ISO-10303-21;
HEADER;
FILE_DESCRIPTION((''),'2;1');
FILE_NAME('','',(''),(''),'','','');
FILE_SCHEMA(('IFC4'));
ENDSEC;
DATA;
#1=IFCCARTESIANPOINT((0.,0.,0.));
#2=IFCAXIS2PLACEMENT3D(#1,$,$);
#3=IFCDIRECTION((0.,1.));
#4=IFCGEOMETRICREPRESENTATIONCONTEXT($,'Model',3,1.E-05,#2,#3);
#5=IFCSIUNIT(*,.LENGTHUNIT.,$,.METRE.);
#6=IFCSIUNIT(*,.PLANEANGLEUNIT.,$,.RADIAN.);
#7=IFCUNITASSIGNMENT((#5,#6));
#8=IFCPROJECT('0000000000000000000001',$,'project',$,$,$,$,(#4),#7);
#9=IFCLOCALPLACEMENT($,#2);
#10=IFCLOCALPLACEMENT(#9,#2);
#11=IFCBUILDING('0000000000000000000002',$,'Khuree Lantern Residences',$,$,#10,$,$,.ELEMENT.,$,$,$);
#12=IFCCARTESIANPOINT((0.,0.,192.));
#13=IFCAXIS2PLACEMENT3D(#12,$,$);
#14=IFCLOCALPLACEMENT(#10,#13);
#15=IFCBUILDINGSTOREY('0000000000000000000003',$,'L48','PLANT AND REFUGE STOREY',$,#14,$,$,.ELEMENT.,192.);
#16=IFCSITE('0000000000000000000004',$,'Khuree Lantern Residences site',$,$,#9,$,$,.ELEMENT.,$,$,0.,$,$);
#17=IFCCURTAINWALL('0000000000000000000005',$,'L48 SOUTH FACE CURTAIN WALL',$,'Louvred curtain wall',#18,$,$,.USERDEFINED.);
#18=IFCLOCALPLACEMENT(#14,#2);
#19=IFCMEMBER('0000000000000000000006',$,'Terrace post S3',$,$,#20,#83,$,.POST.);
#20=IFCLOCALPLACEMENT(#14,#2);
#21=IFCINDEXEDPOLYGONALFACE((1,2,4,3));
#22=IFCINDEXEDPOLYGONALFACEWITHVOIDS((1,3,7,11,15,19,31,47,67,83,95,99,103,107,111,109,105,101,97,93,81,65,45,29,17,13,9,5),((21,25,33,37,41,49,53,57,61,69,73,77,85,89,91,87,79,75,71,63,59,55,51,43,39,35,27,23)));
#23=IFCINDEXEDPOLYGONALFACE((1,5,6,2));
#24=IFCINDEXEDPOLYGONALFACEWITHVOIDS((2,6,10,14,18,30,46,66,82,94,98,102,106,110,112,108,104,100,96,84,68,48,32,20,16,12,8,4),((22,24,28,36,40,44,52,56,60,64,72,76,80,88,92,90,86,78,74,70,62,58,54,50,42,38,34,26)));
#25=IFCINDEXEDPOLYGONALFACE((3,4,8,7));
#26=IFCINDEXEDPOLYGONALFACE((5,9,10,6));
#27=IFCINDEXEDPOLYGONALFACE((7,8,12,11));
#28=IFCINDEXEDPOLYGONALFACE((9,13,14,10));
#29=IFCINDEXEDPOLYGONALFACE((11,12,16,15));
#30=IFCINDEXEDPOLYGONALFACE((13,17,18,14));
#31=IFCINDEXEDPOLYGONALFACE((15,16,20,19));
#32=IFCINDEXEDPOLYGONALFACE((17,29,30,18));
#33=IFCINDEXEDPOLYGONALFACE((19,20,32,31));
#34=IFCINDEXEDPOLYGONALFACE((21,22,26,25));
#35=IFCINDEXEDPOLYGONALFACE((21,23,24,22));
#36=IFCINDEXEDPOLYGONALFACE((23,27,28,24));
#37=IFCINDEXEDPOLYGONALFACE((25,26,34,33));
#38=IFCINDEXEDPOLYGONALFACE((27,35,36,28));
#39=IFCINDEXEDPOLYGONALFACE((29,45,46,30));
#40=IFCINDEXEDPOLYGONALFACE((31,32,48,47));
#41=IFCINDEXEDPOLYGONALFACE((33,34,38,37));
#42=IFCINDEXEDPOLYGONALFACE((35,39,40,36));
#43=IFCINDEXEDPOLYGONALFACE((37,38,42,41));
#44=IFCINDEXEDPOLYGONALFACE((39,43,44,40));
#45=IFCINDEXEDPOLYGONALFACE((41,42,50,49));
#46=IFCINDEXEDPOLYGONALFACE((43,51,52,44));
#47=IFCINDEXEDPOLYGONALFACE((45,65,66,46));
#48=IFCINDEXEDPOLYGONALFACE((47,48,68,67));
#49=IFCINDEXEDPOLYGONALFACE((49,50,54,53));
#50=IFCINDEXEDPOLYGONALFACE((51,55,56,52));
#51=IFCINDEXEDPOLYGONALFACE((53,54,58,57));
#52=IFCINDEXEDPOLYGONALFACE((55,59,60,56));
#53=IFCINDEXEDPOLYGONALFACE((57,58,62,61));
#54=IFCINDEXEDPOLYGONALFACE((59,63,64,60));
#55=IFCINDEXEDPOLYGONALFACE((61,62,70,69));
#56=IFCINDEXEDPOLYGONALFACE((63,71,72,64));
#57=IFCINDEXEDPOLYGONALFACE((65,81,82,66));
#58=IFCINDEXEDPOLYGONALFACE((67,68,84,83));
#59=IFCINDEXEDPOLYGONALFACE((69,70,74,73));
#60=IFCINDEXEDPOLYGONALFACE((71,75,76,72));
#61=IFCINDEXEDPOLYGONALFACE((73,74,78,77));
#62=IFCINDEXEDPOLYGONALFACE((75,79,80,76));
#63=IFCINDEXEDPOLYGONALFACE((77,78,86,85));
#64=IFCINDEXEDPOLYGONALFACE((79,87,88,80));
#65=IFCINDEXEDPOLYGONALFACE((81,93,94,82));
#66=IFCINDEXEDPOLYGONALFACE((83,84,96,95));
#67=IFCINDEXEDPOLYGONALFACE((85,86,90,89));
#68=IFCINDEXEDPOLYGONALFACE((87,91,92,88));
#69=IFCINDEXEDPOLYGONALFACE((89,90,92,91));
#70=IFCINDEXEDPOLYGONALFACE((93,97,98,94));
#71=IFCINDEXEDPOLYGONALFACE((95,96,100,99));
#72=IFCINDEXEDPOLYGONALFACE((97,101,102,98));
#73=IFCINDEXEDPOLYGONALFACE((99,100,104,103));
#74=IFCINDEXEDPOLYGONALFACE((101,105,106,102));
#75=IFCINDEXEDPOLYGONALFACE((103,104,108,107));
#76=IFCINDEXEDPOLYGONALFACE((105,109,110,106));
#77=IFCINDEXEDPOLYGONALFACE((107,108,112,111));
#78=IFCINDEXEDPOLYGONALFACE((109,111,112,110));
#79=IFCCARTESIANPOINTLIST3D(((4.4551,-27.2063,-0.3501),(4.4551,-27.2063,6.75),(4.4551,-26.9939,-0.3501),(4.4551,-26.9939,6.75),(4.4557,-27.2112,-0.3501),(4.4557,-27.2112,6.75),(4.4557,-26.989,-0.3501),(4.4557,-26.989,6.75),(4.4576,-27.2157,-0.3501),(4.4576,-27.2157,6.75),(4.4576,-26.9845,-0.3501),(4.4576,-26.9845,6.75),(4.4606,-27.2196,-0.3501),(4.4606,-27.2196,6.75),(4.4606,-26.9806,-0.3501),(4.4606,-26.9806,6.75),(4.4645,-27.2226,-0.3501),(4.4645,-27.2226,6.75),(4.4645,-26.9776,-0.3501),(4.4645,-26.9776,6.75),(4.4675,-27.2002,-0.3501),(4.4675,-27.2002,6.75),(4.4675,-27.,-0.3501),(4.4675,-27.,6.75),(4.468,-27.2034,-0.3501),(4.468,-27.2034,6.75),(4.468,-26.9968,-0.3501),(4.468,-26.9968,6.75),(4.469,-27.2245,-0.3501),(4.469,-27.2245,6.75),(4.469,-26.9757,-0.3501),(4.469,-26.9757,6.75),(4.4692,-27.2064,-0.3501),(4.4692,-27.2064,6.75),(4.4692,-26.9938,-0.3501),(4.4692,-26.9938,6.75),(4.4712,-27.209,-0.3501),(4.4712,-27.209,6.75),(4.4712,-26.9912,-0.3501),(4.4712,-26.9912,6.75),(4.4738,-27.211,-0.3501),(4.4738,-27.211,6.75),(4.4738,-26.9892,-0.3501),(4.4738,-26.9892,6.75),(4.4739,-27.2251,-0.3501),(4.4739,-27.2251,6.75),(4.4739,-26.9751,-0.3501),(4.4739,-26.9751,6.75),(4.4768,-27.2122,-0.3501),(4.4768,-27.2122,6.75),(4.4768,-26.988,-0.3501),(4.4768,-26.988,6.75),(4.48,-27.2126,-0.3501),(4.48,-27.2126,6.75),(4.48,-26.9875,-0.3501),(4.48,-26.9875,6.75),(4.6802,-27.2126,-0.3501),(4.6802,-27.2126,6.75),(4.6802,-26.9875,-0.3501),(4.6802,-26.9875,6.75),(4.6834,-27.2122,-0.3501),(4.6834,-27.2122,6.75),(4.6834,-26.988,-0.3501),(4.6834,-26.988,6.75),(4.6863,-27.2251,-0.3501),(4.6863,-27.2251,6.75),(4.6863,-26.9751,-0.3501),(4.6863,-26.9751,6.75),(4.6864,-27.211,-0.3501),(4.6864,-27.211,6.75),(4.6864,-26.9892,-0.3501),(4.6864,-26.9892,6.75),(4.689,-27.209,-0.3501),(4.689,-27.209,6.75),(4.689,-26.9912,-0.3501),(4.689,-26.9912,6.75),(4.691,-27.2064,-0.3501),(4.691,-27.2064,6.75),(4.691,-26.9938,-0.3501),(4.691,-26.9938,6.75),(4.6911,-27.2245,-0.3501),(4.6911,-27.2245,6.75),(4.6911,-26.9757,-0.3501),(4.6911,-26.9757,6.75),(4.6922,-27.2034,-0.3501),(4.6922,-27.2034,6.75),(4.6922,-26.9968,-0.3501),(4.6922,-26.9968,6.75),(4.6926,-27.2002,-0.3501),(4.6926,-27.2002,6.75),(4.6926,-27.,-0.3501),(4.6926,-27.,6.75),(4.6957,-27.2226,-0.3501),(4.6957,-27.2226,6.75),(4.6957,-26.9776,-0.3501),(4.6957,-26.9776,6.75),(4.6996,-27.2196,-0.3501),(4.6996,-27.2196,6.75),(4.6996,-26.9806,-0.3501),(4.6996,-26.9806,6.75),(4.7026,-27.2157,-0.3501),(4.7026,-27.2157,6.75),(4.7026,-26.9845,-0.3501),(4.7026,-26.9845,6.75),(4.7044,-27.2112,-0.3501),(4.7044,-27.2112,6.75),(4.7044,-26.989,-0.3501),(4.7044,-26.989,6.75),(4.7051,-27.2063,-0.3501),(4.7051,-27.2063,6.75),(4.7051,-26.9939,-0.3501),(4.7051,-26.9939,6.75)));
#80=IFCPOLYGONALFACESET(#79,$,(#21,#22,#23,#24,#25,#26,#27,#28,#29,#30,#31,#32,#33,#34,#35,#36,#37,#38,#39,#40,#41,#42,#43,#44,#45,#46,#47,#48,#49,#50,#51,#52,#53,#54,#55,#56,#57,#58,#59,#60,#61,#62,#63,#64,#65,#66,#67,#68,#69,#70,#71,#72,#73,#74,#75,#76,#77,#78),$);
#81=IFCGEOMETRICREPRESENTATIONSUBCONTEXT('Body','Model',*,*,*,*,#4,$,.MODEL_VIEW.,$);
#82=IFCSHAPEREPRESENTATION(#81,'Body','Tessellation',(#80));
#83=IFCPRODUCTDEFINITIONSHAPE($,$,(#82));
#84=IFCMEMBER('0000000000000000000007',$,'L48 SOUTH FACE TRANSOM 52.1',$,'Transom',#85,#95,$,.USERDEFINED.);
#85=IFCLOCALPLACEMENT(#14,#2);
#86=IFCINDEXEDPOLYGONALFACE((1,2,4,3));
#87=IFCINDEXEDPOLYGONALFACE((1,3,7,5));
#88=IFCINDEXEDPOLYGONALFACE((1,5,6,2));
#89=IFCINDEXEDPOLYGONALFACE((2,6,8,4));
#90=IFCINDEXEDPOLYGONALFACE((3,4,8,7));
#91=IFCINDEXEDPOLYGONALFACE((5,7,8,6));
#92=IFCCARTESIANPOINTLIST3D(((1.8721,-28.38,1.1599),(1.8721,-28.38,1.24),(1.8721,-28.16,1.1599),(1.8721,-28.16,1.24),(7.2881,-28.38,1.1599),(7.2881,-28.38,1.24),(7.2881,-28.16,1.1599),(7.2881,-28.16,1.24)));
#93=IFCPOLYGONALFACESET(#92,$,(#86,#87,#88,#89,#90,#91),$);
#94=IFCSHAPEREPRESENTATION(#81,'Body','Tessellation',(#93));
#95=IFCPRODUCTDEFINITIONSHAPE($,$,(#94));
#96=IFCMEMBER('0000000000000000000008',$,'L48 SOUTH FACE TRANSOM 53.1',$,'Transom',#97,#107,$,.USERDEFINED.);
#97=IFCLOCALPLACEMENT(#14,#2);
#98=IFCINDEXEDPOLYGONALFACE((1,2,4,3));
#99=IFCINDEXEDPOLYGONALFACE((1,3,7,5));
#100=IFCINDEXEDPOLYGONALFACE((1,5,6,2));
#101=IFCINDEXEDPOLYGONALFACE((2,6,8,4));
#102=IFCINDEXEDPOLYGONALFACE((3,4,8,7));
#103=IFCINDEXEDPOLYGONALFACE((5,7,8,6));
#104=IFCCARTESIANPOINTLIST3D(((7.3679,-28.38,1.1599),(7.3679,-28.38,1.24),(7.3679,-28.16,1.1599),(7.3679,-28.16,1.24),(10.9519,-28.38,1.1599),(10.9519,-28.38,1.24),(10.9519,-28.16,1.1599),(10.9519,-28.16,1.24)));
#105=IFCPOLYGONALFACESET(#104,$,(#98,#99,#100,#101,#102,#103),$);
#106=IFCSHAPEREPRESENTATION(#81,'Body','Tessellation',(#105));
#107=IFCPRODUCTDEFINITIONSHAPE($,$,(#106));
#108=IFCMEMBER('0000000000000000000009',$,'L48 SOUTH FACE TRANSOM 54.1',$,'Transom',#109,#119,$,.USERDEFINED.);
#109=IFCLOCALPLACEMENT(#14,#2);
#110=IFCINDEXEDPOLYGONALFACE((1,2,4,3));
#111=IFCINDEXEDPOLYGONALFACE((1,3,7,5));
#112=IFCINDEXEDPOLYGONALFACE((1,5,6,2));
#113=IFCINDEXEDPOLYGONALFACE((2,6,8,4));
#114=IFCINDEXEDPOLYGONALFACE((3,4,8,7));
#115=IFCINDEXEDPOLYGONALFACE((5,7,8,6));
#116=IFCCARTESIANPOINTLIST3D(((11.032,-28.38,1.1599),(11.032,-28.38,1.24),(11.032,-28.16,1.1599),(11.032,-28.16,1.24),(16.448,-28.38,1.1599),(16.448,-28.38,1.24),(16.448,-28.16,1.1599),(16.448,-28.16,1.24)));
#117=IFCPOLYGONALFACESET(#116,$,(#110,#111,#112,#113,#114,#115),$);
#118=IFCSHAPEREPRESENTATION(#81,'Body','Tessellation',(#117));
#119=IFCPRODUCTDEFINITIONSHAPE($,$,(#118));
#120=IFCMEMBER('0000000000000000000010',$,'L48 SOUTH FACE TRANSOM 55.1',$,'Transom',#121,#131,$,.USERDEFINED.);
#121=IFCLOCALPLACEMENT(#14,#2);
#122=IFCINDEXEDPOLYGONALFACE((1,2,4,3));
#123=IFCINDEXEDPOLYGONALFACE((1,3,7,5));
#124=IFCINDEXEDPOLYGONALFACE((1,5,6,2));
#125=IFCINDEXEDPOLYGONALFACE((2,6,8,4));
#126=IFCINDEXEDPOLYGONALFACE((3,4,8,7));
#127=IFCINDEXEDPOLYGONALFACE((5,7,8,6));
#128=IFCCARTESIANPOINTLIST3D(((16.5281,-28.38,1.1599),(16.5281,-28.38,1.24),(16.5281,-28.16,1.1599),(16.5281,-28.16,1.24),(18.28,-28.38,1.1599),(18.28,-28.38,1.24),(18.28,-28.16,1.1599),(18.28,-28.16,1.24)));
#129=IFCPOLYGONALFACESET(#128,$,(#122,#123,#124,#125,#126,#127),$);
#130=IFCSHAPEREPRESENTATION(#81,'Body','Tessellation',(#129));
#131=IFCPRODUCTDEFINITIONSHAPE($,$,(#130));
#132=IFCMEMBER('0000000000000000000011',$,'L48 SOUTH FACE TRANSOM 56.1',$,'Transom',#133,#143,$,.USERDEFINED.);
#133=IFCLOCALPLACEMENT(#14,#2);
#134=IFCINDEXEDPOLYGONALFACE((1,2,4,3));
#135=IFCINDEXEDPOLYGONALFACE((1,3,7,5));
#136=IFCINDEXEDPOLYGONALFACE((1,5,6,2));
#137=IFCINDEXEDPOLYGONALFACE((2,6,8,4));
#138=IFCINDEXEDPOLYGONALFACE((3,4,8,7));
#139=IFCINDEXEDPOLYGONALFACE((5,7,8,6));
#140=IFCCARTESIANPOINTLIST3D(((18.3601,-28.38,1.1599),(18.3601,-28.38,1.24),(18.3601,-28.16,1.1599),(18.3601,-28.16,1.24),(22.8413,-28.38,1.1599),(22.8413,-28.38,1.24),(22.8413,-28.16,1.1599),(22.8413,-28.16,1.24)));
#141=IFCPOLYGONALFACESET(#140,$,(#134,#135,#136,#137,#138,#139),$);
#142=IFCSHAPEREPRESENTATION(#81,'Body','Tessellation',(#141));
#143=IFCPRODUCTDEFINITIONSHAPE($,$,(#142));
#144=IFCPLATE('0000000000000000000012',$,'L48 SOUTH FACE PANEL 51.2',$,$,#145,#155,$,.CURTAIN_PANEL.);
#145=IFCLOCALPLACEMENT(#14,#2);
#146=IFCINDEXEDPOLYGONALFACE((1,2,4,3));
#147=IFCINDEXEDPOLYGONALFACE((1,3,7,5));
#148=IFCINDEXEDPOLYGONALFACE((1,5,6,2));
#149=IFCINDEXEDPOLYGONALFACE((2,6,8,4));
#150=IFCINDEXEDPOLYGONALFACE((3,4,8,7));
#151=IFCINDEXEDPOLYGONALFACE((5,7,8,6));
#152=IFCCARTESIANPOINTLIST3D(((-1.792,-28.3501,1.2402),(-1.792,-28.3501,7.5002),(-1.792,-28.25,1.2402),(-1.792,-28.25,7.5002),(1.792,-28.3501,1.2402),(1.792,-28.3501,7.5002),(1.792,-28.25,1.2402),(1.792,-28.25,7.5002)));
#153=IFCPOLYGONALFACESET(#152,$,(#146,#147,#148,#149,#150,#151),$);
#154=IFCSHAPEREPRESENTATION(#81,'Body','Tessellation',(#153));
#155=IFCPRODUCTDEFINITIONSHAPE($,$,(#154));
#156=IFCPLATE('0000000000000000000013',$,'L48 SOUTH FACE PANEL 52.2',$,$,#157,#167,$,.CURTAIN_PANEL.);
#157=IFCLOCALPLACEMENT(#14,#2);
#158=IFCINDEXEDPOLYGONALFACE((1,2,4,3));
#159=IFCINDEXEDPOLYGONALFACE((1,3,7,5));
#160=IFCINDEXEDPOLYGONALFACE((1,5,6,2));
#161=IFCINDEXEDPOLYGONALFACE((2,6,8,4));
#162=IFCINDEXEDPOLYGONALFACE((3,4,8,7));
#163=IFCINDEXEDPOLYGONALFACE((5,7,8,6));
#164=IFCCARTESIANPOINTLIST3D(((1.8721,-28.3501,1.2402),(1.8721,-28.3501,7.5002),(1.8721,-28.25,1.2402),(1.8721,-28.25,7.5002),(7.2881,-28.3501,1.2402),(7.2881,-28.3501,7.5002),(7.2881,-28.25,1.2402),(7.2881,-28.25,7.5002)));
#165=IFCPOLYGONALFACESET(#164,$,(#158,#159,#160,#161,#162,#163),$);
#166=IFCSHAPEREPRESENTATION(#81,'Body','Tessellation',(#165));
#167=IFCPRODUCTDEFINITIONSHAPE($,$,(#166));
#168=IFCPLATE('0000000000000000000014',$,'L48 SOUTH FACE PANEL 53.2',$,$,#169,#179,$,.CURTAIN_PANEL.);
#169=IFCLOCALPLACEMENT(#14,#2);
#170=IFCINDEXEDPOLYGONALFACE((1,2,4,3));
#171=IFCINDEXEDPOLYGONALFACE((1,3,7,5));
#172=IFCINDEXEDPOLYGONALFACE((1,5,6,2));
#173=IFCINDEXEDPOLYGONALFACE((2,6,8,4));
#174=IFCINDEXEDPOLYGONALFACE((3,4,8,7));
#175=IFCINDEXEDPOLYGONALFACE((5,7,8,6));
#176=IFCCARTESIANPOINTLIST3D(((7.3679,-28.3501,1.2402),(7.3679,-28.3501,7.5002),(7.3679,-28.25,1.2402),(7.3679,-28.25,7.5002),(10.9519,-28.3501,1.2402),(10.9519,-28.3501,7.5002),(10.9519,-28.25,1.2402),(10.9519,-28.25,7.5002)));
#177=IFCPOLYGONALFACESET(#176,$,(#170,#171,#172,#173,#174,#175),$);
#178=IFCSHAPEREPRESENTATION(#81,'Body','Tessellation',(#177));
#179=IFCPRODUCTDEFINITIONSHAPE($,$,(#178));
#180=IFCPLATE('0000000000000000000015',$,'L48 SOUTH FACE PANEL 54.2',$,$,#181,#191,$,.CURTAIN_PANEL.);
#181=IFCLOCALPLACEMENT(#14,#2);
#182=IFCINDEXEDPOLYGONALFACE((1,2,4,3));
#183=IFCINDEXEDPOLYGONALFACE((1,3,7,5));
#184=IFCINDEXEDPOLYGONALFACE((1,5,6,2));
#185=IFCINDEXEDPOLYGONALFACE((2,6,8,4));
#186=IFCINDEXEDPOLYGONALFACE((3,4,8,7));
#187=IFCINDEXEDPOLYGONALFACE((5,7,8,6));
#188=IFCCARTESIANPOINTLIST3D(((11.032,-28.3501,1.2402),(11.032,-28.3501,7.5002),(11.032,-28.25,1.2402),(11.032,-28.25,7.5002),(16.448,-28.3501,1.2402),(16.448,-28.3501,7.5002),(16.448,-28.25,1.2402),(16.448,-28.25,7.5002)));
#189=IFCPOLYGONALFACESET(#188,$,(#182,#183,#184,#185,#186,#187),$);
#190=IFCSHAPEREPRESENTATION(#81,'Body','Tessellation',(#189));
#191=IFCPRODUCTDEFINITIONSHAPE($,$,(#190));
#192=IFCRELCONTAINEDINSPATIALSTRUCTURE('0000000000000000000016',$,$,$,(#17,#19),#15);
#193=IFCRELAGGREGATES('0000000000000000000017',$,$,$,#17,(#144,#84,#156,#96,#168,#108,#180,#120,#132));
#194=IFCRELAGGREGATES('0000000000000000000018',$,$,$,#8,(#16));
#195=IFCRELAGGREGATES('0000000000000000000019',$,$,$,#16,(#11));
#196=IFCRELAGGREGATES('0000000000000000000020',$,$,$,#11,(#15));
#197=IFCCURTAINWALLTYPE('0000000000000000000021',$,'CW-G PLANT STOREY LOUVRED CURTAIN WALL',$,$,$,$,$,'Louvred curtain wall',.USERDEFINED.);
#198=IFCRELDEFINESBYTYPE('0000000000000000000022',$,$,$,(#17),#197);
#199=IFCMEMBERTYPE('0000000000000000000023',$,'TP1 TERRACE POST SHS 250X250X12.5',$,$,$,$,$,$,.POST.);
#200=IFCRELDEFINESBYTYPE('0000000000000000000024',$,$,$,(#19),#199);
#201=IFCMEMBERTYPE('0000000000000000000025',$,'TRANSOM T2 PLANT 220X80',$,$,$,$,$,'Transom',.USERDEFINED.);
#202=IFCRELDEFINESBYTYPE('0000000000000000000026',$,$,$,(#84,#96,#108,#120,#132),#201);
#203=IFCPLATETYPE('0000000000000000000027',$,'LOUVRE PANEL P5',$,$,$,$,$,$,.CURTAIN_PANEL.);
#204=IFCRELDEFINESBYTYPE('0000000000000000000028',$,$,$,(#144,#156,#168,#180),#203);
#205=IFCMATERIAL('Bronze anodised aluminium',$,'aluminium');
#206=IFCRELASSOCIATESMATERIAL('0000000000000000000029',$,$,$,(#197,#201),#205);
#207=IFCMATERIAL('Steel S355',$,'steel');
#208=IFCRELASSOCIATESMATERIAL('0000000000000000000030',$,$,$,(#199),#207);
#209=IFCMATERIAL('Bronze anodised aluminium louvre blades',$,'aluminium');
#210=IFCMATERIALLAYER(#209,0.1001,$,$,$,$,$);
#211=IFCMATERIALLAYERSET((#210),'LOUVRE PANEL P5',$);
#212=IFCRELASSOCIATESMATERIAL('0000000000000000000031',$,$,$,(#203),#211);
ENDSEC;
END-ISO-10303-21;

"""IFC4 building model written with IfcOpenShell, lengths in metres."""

from ifc_helpers import new_model, si_unit, direction, frame, origin, origin_2d, place, context, subcontext, project, spatial, rectangle, hollow_rectangle, extrude, material, layer, layer_set, material_profile, profile_set, type_object, element, aggregate, save


model = new_model("IFC4")

# Units and contexts
model_context = context("Model", 3, precision=1e-05, world=origin(), true_north=direction((0.0, 1.0)))
body_context = subcontext(model_context, "Body", "Model", "MODEL_VIEW")
ifc_project = project(units=[si_unit("LENGTHUNIT", "METRE"), si_unit("PLANEANGLEUNIT", "RADIAN")], contexts=[model_context])

# Site, building, storey
site_placement = place(None, origin())
site = spatial("IfcSite", under=ifc_project, at=site_placement, Name="Khuree Lantern Residences site", CompositionType="ELEMENT", RefElevation=0.0)
building_placement = place(site_placement, origin())
building = spatial("IfcBuilding", under=site, at=building_placement, Name="Khuree Lantern Residences", CompositionType="ELEMENT")
storey_placement = place(building_placement, frame((0.0, 0.0, 192.0)))
storey = spatial("IfcBuildingStorey", under=building, at=storey_placement, Name="L48", Description="PLANT AND REFUGE STOREY", CompositionType="ELEMENT", Elevation=192.0)

# Shared definitions
ifc_material_1 = material(Name="Steel S355", Category="steel")

# Curtain wall
ifc_material_2 = material(Name="Bronze anodised aluminium", Category="aluminium")
curtain_wall_type = type_object("IfcCurtainWallType", Name="CW-G PLANT STOREY LOUVRED CURTAIN WALL", ElementType="Louvred curtain wall", PredefinedType="USERDEFINED", material=ifc_material_2)
curtain_wall_placement = place(storey_placement, origin())
curtain_wall = element("IfcCurtainWall", 1, at=curtain_wall_placement, inside=storey, type_object=curtain_wall_type, Name="L48 SOUTH FACE CURTAIN WALL", ObjectType="Louvred curtain wall", PredefinedType="USERDEFINED")

# Member
ifc_material_profile_1 = material_profile(ifc_material_1, hollow_rectangle(XDim=0.25, YDim=0.25, WallThickness=0.0125, InnerFilletRadius=0.0125, OuterFilletRadius=0.0188, at=origin_2d()), Name="SHS 250X250X12.5")
ifc_profile_set_1 = profile_set([ifc_material_profile_1], Name="Steel S355")
member_type_1 = type_object("IfcMemberType", Name="TP1 TERRACE POST SHS 250X250X12.5", PredefinedType="POST", material=ifc_profile_set_1)
for number, where, z_axis, x_axis, name in (
    (2, (4.5801, -27.1001, -0.3501), (0.0, 0.0, 1.0), (1.0, 0.0, 0.0), "Terrace post S3"),
):
    element("IfcMember", number, at=place(storey_placement, frame(where, z_axis=z_axis, x_axis=x_axis)), inside=storey, type_object=member_type_1, Name=name, PredefinedType="POST", context=body_context, shape_type="SweptSolid", body=[
        extrude(hollow_rectangle(XDim=0.25, YDim=0.25, WallThickness=0.0125, InnerFilletRadius=0.0125, OuterFilletRadius=0.0188, at=origin_2d()), origin(), (0.0, 0.0, 1.0), 7.1001),
    ])

# Members
ifc_material_profile_2 = material_profile(ifc_material_2, rectangle(XDim=0.22, YDim=0.0801, at=origin_2d()), Name="T2 220X80")
ifc_profile_set_2 = profile_set([ifc_material_profile_2], Name="Bronze anodised aluminium")
member_type_2 = type_object("IfcMemberType", Name="TRANSOM T2 PLANT 220X80", ElementType="Transom", PredefinedType="USERDEFINED", material=ifc_profile_set_2)
member_1_placement = place(storey_placement, frame((1.8721, -28.27, 1.2), z_axis=(1.0, 0.0, 0.0), x_axis=(0.0, 1.0, 0.0)))
member_1 = element("IfcMember", 3, at=member_1_placement, type_object=member_type_2, Name="L48 SOUTH FACE TRANSOM 52.1", ObjectType="Transom", PredefinedType="USERDEFINED", context=body_context, shape_type="SweptSolid", body=[
    extrude(rectangle(XDim=0.22, YDim=0.0801, at=origin_2d()), origin(), (0.0, 0.0, 1.0), 5.416),
])
member_2_placement = place(storey_placement, frame((7.3679, -28.27, 1.2), z_axis=(1.0, 0.0, 0.0), x_axis=(0.0, 1.0, 0.0)))
member_2 = element("IfcMember", 4, at=member_2_placement, type_object=member_type_2, Name="L48 SOUTH FACE TRANSOM 53.1", ObjectType="Transom", PredefinedType="USERDEFINED", context=body_context, shape_type="SweptSolid", body=[
    extrude(rectangle(XDim=0.22, YDim=0.0801, at=origin_2d()), origin(), (0.0, 0.0, 1.0), 3.584),
])
member_3_placement = place(storey_placement, frame((11.032, -28.27, 1.2), z_axis=(1.0, 0.0, 0.0), x_axis=(0.0, 1.0, 0.0)))
member_3 = element("IfcMember", 5, at=member_3_placement, type_object=member_type_2, Name="L48 SOUTH FACE TRANSOM 54.1", ObjectType="Transom", PredefinedType="USERDEFINED", context=body_context, shape_type="SweptSolid", body=[
    extrude(rectangle(XDim=0.22, YDim=0.0801, at=origin_2d()), origin(), (0.0, 0.0, 1.0), 5.416),
])
member_4_placement = place(storey_placement, frame((16.5281, -28.27, 1.2), z_axis=(1.0, 0.0, 0.0), x_axis=(0.0, 1.0, 0.0)))
member_4 = element("IfcMember", 6, at=member_4_placement, type_object=member_type_2, Name="L48 SOUTH FACE TRANSOM 55.1", ObjectType="Transom", PredefinedType="USERDEFINED", context=body_context, shape_type="SweptSolid", body=[
    extrude(rectangle(XDim=0.22, YDim=0.0801, at=origin_2d()), origin(), (0.0, 0.0, 1.0), 1.752),
])
member_5_placement = place(storey_placement, frame((18.3601, -28.27, 1.2), z_axis=(1.0, 0.0, 0.0), x_axis=(0.0, 1.0, 0.0)))
member_5 = element("IfcMember", 7, at=member_5_placement, type_object=member_type_2, Name="L48 SOUTH FACE TRANSOM 56.1", ObjectType="Transom", PredefinedType="USERDEFINED", context=body_context, shape_type="SweptSolid", body=[
    extrude(rectangle(XDim=0.22, YDim=0.0801, at=origin_2d()), origin(), (0.0, 0.0, 1.0), 4.4812),
])

# Plates
ifc_material_3 = material(Name="Bronze anodised aluminium louvre blades", Category="aluminium")
ifc_layer_1 = layer(ifc_material_3, 0.1001)
ifc_layer_set_1 = layer_set([ifc_layer_1], Name="LOUVRE PANEL P5")
plate_type_1 = type_object("IfcPlateType", Name="LOUVRE PANEL P5", PredefinedType="CURTAIN_PANEL", material=ifc_layer_set_1)
plate_1_placement = place(storey_placement, frame((0.0, -28.3, 1.2402), z_axis=(0.0, 0.0, 1.0), x_axis=(1.0, 0.0, 0.0)))
plate_1 = element("IfcPlate", 8, at=plate_1_placement, type_object=plate_type_1, Name="L48 SOUTH FACE PANEL 51.2", PredefinedType="CURTAIN_PANEL", context=body_context, shape_type="SweptSolid", body=[
    extrude(rectangle(XDim=3.584, YDim=0.1001, at=origin_2d()), origin(), (0.0, 0.0, 1.0), 6.26),
])
plate_2_placement = place(storey_placement, frame((4.5801, -28.3, 1.2402), z_axis=(0.0, 0.0, 1.0), x_axis=(1.0, 0.0, 0.0)))
plate_2 = element("IfcPlate", 9, at=plate_2_placement, type_object=plate_type_1, Name="L48 SOUTH FACE PANEL 52.2", PredefinedType="CURTAIN_PANEL", context=body_context, shape_type="SweptSolid", body=[
    extrude(rectangle(XDim=5.416, YDim=0.1001, at=origin_2d()), origin(), (0.0, 0.0, 1.0), 6.26),
])
plate_3_placement = place(storey_placement, frame((9.1599, -28.3, 1.2402), z_axis=(0.0, 0.0, 1.0), x_axis=(1.0, 0.0, 0.0)))
plate_3 = element("IfcPlate", 10, at=plate_3_placement, type_object=plate_type_1, Name="L48 SOUTH FACE PANEL 53.2", PredefinedType="CURTAIN_PANEL", context=body_context, shape_type="SweptSolid", body=[
    extrude(rectangle(XDim=3.584, YDim=0.1001, at=origin_2d()), origin(), (0.0, 0.0, 1.0), 6.26),
])
plate_4_placement = place(storey_placement, frame((13.74, -28.3, 1.2402), z_axis=(0.0, 0.0, 1.0), x_axis=(1.0, 0.0, 0.0)))
plate_4 = element("IfcPlate", 11, at=plate_4_placement, type_object=plate_type_1, Name="L48 SOUTH FACE PANEL 54.2", PredefinedType="CURTAIN_PANEL", context=body_context, shape_type="SweptSolid", body=[
    extrude(rectangle(XDim=5.416, YDim=0.1001, at=origin_2d()), origin(), (0.0, 0.0, 1.0), 6.26),
])
aggregate(curtain_wall, [plate_1, member_1, plate_2, member_2, plate_3, member_3, plate_4, member_4, member_5])

save(model, "model.ifc")
